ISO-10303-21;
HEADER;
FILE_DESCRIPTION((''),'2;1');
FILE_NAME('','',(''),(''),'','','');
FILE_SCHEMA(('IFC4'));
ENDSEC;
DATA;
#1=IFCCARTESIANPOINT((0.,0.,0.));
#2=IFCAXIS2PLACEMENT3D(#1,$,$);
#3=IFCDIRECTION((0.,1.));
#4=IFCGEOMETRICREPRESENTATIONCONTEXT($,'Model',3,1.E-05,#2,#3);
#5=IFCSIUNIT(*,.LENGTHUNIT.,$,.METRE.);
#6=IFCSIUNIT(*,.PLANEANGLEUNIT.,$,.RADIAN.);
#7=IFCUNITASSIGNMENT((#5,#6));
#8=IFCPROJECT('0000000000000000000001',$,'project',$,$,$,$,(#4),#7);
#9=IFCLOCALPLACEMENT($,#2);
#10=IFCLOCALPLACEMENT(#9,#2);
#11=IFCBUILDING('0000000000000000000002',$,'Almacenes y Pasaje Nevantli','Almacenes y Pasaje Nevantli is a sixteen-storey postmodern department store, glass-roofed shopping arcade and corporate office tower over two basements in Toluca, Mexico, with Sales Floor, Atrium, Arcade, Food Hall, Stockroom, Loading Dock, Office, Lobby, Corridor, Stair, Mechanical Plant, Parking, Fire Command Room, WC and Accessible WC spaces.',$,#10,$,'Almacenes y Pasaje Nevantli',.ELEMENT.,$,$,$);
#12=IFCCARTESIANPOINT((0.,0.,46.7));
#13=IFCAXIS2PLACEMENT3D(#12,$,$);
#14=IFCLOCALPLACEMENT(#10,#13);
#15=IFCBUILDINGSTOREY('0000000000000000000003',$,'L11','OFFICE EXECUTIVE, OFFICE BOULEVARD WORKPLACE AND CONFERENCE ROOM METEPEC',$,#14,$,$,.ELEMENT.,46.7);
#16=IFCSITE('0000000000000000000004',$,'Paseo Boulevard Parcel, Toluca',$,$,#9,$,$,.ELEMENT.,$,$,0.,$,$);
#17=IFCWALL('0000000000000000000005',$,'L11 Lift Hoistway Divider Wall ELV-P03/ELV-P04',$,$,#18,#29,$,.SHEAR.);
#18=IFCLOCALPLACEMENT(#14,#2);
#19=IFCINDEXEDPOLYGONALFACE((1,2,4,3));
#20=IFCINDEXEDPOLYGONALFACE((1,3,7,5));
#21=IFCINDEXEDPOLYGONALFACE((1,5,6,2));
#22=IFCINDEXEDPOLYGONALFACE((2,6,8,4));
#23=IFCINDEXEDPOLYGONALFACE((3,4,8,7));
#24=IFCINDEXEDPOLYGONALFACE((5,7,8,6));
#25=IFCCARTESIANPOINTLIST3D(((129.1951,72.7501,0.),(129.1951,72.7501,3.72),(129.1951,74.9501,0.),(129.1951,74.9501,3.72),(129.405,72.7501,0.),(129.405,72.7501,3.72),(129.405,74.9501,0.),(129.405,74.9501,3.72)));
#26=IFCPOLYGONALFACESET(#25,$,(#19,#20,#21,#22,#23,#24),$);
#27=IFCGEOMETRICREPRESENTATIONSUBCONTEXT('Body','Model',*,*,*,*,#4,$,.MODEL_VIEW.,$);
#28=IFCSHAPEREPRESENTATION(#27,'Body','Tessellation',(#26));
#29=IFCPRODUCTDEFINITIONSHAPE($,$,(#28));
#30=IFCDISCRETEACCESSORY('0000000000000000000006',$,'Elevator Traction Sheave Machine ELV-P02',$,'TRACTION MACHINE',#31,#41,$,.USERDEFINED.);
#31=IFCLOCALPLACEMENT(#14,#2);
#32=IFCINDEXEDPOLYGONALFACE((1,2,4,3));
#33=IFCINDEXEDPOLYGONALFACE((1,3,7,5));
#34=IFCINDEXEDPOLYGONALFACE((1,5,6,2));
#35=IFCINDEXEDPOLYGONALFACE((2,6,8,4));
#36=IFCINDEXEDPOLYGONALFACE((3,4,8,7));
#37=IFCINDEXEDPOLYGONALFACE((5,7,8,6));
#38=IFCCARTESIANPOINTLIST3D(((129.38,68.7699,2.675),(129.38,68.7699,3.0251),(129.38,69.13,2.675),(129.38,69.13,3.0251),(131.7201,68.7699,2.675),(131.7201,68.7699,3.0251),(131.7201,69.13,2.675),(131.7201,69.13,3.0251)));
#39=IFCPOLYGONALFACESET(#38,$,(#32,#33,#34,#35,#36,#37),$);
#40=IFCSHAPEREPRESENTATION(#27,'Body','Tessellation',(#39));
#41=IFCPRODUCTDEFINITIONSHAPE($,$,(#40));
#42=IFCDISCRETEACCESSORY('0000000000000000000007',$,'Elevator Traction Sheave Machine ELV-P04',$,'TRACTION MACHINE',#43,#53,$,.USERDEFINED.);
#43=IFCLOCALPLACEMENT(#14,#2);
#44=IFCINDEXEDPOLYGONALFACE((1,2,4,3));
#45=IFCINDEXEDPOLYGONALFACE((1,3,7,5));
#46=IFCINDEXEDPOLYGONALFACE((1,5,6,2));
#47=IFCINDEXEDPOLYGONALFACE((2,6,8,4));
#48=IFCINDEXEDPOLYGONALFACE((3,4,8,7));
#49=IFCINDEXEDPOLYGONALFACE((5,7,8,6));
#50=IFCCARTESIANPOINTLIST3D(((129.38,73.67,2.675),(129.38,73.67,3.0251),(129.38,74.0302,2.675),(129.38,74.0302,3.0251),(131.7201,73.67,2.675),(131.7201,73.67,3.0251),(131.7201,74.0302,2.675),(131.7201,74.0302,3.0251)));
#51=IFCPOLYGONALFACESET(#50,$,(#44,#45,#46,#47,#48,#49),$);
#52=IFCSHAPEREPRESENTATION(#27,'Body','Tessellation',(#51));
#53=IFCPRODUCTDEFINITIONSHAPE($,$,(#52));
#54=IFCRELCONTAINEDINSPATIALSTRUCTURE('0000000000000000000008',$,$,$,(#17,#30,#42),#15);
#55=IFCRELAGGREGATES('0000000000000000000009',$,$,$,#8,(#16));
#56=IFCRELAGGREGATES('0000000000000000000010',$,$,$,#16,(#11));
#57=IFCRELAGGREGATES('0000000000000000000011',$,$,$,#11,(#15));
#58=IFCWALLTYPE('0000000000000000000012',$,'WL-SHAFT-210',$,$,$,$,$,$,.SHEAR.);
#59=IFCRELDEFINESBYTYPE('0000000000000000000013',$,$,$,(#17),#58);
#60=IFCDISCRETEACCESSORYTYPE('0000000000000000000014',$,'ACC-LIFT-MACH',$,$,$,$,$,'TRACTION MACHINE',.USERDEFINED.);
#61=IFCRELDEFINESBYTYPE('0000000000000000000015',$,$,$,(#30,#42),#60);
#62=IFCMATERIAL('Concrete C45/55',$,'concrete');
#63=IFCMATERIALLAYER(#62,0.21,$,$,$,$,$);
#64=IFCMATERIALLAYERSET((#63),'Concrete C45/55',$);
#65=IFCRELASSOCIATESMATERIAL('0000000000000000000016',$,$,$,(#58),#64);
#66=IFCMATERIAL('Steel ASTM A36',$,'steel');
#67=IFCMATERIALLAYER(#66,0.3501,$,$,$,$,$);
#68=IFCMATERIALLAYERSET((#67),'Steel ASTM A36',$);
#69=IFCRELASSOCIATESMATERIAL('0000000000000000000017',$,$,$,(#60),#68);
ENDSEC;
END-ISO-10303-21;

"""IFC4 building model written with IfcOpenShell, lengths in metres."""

from ifc_helpers import new_model, si_unit, direction, frame, frame_2d, origin, origin_2d, place, context, subcontext, project, spatial, rectangle, extrude, material, layer, layer_set, type_object, element, save


model = new_model("IFC4")

# Units and contexts
model_context = context("Model", 3, precision=1e-05, world=origin(), true_north=direction((0.0, 1.0)))
body_context = subcontext(model_context, "Body", "Model", "MODEL_VIEW")
ifc_project = project(units=[si_unit("LENGTHUNIT", "METRE"), si_unit("PLANEANGLEUNIT", "RADIAN")], contexts=[model_context])

# Site, building, storey
site_placement = place(None, origin())
site = spatial("IfcSite", under=ifc_project, at=site_placement, Name="Paseo Boulevard Parcel, Toluca", CompositionType="ELEMENT", RefElevation=0.0)
building_placement = place(site_placement, origin())
building = spatial("IfcBuilding", under=site, at=building_placement, Name="Almacenes y Pasaje Nevantli", Description="Almacenes y Pasaje Nevantli is a sixteen-storey postmodern department store, glass-roofed shopping arcade and corporate office tower over two basements in Toluca, Mexico, with Sales Floor, Atrium, Arcade, Food Hall, Stockroom, Loading Dock, Office, Lobby, Corridor, Stair, Mechanical Plant, Parking, Fire Command Room, WC and Accessible WC spaces.", LongName="Almacenes y Pasaje Nevantli", CompositionType="ELEMENT")
storey_placement = place(building_placement, frame((0.0, 0.0, 46.7)))
storey = spatial("IfcBuildingStorey", under=building, at=storey_placement, Name="L11", Description="OFFICE EXECUTIVE, OFFICE BOULEVARD WORKPLACE AND CONFERENCE ROOM METEPEC", CompositionType="ELEMENT", Elevation=46.7)

# Wall
ifc_material_1 = material(Name="Concrete C45/55", Category="concrete")
ifc_layer_1 = layer(ifc_material_1, 0.21)
ifc_layer_set_1 = layer_set([ifc_layer_1], Name="Concrete C45/55")
wall_type_1 = type_object("IfcWallType", Name="WL-SHAFT-210", PredefinedType="SHEAR", material=ifc_layer_set_1)
for number, where, z_axis, x_axis, name in (
    (1, (129.3, 72.75, 0.0), (0.0, 0.0, 1.0), (0.0, 1.0, 0.0), "L11 Lift Hoistway Divider Wall ELV-P03/ELV-P04"),
):
    element("IfcWall", number, at=place(storey_placement, frame(where, z_axis=z_axis, x_axis=x_axis)), inside=storey, type_object=wall_type_1, Name=name, PredefinedType="SHEAR", context=body_context, shape_type="SweptSolid", body=[
        extrude(rectangle(XDim=2.2, YDim=0.21, at=frame_2d((1.1001, 0.0))), origin(), (0.0, 0.0, 1.0), 3.72),
    ])

# Discrete accessories
ifc_material_2 = material(Name="Steel ASTM A36", Category="steel")
ifc_layer_2 = layer(ifc_material_2, 0.3501)
ifc_layer_set_2 = layer_set([ifc_layer_2], Name="Steel ASTM A36")
discrete_accessory_type = type_object("IfcDiscreteAccessoryType", Name="ACC-LIFT-MACH", ElementType="TRACTION MACHINE", PredefinedType="USERDEFINED", material=ifc_layer_set_2)
for number, where, z_axis, x_axis, name in (
    (2, (130.55, 68.95, 2.675), (0.0, 0.0, 1.0), (1.0, 0.0, 0.0), "Elevator Traction Sheave Machine ELV-P02"),
    (3, (130.55, 73.8501, 2.675), (0.0, 0.0, 1.0), (1.0, 0.0, 0.0), "Elevator Traction Sheave Machine ELV-P04"),
):
    element("IfcDiscreteAccessory", number, at=place(storey_placement, frame(where, z_axis=z_axis, x_axis=x_axis)), inside=storey, type_object=discrete_accessory_type, Name=name, ObjectType="TRACTION MACHINE", PredefinedType="USERDEFINED", context=body_context, shape_type="SweptSolid", body=[
        extrude(rectangle(XDim=2.3401, YDim=0.3601, at=origin_2d()), origin(), (0.0, 0.0, 1.0), 0.3501),
    ])

save(model, "model.ifc")
